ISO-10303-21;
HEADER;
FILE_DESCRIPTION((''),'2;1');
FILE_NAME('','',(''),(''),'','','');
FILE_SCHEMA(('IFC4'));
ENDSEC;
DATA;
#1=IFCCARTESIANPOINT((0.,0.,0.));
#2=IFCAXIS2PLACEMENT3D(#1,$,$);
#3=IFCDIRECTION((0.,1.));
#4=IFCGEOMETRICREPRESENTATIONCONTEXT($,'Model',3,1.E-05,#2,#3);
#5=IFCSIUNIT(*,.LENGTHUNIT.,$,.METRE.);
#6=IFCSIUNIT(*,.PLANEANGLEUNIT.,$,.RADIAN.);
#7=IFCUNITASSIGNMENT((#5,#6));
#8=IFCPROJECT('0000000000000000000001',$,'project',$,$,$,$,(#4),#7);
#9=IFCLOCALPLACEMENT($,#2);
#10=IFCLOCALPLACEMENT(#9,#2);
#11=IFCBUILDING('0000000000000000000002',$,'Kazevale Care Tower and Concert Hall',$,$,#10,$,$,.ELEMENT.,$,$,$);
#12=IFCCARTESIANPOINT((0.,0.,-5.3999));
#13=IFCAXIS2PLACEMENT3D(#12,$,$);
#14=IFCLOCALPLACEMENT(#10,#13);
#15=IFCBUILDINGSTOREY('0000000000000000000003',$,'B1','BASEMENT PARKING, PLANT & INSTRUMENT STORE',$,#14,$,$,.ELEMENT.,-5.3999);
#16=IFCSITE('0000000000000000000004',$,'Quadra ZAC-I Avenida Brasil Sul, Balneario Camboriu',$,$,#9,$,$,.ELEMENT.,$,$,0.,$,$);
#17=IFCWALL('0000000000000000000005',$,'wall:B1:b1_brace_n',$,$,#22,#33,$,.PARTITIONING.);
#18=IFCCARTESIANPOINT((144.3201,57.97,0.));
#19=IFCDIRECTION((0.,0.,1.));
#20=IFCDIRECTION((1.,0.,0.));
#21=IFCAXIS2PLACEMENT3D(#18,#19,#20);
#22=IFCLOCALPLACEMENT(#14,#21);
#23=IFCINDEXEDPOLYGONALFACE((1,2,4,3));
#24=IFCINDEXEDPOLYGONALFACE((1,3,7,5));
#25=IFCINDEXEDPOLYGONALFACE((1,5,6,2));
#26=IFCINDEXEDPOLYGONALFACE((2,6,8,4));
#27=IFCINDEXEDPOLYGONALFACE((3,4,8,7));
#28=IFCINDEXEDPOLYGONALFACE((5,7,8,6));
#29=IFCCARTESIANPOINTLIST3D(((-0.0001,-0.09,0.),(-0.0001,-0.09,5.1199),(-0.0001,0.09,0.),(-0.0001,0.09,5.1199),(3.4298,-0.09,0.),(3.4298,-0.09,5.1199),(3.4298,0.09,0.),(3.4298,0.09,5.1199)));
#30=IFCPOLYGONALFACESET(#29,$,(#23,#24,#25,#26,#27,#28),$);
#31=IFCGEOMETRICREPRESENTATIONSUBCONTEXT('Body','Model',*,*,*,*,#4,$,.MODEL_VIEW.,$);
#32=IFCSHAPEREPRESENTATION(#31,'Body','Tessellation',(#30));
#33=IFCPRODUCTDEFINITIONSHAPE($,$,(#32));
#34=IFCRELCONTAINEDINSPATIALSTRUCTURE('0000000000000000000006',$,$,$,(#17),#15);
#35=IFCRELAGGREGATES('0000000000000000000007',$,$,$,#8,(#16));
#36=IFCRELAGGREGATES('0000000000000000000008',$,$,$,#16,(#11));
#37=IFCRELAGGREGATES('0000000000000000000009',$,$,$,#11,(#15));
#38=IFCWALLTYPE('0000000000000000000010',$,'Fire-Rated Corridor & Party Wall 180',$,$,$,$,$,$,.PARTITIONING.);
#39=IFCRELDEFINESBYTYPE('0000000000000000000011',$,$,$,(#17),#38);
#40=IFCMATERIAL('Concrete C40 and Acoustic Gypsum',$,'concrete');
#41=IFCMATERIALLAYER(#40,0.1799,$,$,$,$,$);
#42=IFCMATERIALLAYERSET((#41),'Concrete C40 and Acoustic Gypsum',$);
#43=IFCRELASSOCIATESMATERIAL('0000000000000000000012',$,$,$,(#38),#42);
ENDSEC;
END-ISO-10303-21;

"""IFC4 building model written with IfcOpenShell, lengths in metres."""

from ifc_helpers import new_model, si_unit, direction, frame, frame_2d, origin, place, context, subcontext, project, spatial, rectangle, extrude, material, layer, layer_set, type_object, element, save


model = new_model("IFC4")

# Units and contexts
model_context = context("Model", 3, precision=1e-05, world=origin(), true_north=direction((0.0, 1.0)))
body_context = subcontext(model_context, "Body", "Model", "MODEL_VIEW")
ifc_project = project(units=[si_unit("LENGTHUNIT", "METRE"), si_unit("PLANEANGLEUNIT", "RADIAN")], contexts=[model_context])

# Site, building, storey
site_placement = place(None, origin())
site = spatial("IfcSite", under=ifc_project, at=site_placement, Name="Quadra ZAC-I Avenida Brasil Sul, Balneario Camboriu", CompositionType="ELEMENT", RefElevation=0.0)
building_placement = place(site_placement, origin())
building = spatial("IfcBuilding", under=site, at=building_placement, Name="Kazevale Care Tower and Concert Hall", CompositionType="ELEMENT")
storey_placement = place(building_placement, frame((0.0, 0.0, -5.3999)))
storey = spatial("IfcBuildingStorey", under=building, at=storey_placement, Name="B1", Description="BASEMENT PARKING, PLANT & INSTRUMENT STORE", CompositionType="ELEMENT", Elevation=-5.3999)

# Wall
ifc_material_1 = material(Name="Concrete C40 and Acoustic Gypsum", Category="concrete")
ifc_layer_1 = layer(ifc_material_1, 0.1799)
ifc_layer_set_1 = layer_set([ifc_layer_1], Name="Concrete C40 and Acoustic Gypsum")
wall_type_1 = type_object("IfcWallType", Name="Fire-Rated Corridor & Party Wall 180", PredefinedType="PARTITIONING", material=ifc_layer_set_1)
wall_1_placement = place(storey_placement, frame((144.3201, 57.97, 0.0), z_axis=(0.0, 0.0, 1.0), x_axis=(1.0, 0.0, 0.0)))
element("IfcWall", 1, at=wall_1_placement, inside=storey, type_object=wall_type_1, Name="wall:B1:b1_brace_n", PredefinedType="PARTITIONING", context=body_context, shape_type="SweptSolid", body=[
    extrude(rectangle(XDim=3.4299, YDim=0.1799, at=frame_2d((1.7148, 0.0))), origin(), (0.0, 0.0, 1.0), 5.1199),
])

save(model, "model.ifc")
